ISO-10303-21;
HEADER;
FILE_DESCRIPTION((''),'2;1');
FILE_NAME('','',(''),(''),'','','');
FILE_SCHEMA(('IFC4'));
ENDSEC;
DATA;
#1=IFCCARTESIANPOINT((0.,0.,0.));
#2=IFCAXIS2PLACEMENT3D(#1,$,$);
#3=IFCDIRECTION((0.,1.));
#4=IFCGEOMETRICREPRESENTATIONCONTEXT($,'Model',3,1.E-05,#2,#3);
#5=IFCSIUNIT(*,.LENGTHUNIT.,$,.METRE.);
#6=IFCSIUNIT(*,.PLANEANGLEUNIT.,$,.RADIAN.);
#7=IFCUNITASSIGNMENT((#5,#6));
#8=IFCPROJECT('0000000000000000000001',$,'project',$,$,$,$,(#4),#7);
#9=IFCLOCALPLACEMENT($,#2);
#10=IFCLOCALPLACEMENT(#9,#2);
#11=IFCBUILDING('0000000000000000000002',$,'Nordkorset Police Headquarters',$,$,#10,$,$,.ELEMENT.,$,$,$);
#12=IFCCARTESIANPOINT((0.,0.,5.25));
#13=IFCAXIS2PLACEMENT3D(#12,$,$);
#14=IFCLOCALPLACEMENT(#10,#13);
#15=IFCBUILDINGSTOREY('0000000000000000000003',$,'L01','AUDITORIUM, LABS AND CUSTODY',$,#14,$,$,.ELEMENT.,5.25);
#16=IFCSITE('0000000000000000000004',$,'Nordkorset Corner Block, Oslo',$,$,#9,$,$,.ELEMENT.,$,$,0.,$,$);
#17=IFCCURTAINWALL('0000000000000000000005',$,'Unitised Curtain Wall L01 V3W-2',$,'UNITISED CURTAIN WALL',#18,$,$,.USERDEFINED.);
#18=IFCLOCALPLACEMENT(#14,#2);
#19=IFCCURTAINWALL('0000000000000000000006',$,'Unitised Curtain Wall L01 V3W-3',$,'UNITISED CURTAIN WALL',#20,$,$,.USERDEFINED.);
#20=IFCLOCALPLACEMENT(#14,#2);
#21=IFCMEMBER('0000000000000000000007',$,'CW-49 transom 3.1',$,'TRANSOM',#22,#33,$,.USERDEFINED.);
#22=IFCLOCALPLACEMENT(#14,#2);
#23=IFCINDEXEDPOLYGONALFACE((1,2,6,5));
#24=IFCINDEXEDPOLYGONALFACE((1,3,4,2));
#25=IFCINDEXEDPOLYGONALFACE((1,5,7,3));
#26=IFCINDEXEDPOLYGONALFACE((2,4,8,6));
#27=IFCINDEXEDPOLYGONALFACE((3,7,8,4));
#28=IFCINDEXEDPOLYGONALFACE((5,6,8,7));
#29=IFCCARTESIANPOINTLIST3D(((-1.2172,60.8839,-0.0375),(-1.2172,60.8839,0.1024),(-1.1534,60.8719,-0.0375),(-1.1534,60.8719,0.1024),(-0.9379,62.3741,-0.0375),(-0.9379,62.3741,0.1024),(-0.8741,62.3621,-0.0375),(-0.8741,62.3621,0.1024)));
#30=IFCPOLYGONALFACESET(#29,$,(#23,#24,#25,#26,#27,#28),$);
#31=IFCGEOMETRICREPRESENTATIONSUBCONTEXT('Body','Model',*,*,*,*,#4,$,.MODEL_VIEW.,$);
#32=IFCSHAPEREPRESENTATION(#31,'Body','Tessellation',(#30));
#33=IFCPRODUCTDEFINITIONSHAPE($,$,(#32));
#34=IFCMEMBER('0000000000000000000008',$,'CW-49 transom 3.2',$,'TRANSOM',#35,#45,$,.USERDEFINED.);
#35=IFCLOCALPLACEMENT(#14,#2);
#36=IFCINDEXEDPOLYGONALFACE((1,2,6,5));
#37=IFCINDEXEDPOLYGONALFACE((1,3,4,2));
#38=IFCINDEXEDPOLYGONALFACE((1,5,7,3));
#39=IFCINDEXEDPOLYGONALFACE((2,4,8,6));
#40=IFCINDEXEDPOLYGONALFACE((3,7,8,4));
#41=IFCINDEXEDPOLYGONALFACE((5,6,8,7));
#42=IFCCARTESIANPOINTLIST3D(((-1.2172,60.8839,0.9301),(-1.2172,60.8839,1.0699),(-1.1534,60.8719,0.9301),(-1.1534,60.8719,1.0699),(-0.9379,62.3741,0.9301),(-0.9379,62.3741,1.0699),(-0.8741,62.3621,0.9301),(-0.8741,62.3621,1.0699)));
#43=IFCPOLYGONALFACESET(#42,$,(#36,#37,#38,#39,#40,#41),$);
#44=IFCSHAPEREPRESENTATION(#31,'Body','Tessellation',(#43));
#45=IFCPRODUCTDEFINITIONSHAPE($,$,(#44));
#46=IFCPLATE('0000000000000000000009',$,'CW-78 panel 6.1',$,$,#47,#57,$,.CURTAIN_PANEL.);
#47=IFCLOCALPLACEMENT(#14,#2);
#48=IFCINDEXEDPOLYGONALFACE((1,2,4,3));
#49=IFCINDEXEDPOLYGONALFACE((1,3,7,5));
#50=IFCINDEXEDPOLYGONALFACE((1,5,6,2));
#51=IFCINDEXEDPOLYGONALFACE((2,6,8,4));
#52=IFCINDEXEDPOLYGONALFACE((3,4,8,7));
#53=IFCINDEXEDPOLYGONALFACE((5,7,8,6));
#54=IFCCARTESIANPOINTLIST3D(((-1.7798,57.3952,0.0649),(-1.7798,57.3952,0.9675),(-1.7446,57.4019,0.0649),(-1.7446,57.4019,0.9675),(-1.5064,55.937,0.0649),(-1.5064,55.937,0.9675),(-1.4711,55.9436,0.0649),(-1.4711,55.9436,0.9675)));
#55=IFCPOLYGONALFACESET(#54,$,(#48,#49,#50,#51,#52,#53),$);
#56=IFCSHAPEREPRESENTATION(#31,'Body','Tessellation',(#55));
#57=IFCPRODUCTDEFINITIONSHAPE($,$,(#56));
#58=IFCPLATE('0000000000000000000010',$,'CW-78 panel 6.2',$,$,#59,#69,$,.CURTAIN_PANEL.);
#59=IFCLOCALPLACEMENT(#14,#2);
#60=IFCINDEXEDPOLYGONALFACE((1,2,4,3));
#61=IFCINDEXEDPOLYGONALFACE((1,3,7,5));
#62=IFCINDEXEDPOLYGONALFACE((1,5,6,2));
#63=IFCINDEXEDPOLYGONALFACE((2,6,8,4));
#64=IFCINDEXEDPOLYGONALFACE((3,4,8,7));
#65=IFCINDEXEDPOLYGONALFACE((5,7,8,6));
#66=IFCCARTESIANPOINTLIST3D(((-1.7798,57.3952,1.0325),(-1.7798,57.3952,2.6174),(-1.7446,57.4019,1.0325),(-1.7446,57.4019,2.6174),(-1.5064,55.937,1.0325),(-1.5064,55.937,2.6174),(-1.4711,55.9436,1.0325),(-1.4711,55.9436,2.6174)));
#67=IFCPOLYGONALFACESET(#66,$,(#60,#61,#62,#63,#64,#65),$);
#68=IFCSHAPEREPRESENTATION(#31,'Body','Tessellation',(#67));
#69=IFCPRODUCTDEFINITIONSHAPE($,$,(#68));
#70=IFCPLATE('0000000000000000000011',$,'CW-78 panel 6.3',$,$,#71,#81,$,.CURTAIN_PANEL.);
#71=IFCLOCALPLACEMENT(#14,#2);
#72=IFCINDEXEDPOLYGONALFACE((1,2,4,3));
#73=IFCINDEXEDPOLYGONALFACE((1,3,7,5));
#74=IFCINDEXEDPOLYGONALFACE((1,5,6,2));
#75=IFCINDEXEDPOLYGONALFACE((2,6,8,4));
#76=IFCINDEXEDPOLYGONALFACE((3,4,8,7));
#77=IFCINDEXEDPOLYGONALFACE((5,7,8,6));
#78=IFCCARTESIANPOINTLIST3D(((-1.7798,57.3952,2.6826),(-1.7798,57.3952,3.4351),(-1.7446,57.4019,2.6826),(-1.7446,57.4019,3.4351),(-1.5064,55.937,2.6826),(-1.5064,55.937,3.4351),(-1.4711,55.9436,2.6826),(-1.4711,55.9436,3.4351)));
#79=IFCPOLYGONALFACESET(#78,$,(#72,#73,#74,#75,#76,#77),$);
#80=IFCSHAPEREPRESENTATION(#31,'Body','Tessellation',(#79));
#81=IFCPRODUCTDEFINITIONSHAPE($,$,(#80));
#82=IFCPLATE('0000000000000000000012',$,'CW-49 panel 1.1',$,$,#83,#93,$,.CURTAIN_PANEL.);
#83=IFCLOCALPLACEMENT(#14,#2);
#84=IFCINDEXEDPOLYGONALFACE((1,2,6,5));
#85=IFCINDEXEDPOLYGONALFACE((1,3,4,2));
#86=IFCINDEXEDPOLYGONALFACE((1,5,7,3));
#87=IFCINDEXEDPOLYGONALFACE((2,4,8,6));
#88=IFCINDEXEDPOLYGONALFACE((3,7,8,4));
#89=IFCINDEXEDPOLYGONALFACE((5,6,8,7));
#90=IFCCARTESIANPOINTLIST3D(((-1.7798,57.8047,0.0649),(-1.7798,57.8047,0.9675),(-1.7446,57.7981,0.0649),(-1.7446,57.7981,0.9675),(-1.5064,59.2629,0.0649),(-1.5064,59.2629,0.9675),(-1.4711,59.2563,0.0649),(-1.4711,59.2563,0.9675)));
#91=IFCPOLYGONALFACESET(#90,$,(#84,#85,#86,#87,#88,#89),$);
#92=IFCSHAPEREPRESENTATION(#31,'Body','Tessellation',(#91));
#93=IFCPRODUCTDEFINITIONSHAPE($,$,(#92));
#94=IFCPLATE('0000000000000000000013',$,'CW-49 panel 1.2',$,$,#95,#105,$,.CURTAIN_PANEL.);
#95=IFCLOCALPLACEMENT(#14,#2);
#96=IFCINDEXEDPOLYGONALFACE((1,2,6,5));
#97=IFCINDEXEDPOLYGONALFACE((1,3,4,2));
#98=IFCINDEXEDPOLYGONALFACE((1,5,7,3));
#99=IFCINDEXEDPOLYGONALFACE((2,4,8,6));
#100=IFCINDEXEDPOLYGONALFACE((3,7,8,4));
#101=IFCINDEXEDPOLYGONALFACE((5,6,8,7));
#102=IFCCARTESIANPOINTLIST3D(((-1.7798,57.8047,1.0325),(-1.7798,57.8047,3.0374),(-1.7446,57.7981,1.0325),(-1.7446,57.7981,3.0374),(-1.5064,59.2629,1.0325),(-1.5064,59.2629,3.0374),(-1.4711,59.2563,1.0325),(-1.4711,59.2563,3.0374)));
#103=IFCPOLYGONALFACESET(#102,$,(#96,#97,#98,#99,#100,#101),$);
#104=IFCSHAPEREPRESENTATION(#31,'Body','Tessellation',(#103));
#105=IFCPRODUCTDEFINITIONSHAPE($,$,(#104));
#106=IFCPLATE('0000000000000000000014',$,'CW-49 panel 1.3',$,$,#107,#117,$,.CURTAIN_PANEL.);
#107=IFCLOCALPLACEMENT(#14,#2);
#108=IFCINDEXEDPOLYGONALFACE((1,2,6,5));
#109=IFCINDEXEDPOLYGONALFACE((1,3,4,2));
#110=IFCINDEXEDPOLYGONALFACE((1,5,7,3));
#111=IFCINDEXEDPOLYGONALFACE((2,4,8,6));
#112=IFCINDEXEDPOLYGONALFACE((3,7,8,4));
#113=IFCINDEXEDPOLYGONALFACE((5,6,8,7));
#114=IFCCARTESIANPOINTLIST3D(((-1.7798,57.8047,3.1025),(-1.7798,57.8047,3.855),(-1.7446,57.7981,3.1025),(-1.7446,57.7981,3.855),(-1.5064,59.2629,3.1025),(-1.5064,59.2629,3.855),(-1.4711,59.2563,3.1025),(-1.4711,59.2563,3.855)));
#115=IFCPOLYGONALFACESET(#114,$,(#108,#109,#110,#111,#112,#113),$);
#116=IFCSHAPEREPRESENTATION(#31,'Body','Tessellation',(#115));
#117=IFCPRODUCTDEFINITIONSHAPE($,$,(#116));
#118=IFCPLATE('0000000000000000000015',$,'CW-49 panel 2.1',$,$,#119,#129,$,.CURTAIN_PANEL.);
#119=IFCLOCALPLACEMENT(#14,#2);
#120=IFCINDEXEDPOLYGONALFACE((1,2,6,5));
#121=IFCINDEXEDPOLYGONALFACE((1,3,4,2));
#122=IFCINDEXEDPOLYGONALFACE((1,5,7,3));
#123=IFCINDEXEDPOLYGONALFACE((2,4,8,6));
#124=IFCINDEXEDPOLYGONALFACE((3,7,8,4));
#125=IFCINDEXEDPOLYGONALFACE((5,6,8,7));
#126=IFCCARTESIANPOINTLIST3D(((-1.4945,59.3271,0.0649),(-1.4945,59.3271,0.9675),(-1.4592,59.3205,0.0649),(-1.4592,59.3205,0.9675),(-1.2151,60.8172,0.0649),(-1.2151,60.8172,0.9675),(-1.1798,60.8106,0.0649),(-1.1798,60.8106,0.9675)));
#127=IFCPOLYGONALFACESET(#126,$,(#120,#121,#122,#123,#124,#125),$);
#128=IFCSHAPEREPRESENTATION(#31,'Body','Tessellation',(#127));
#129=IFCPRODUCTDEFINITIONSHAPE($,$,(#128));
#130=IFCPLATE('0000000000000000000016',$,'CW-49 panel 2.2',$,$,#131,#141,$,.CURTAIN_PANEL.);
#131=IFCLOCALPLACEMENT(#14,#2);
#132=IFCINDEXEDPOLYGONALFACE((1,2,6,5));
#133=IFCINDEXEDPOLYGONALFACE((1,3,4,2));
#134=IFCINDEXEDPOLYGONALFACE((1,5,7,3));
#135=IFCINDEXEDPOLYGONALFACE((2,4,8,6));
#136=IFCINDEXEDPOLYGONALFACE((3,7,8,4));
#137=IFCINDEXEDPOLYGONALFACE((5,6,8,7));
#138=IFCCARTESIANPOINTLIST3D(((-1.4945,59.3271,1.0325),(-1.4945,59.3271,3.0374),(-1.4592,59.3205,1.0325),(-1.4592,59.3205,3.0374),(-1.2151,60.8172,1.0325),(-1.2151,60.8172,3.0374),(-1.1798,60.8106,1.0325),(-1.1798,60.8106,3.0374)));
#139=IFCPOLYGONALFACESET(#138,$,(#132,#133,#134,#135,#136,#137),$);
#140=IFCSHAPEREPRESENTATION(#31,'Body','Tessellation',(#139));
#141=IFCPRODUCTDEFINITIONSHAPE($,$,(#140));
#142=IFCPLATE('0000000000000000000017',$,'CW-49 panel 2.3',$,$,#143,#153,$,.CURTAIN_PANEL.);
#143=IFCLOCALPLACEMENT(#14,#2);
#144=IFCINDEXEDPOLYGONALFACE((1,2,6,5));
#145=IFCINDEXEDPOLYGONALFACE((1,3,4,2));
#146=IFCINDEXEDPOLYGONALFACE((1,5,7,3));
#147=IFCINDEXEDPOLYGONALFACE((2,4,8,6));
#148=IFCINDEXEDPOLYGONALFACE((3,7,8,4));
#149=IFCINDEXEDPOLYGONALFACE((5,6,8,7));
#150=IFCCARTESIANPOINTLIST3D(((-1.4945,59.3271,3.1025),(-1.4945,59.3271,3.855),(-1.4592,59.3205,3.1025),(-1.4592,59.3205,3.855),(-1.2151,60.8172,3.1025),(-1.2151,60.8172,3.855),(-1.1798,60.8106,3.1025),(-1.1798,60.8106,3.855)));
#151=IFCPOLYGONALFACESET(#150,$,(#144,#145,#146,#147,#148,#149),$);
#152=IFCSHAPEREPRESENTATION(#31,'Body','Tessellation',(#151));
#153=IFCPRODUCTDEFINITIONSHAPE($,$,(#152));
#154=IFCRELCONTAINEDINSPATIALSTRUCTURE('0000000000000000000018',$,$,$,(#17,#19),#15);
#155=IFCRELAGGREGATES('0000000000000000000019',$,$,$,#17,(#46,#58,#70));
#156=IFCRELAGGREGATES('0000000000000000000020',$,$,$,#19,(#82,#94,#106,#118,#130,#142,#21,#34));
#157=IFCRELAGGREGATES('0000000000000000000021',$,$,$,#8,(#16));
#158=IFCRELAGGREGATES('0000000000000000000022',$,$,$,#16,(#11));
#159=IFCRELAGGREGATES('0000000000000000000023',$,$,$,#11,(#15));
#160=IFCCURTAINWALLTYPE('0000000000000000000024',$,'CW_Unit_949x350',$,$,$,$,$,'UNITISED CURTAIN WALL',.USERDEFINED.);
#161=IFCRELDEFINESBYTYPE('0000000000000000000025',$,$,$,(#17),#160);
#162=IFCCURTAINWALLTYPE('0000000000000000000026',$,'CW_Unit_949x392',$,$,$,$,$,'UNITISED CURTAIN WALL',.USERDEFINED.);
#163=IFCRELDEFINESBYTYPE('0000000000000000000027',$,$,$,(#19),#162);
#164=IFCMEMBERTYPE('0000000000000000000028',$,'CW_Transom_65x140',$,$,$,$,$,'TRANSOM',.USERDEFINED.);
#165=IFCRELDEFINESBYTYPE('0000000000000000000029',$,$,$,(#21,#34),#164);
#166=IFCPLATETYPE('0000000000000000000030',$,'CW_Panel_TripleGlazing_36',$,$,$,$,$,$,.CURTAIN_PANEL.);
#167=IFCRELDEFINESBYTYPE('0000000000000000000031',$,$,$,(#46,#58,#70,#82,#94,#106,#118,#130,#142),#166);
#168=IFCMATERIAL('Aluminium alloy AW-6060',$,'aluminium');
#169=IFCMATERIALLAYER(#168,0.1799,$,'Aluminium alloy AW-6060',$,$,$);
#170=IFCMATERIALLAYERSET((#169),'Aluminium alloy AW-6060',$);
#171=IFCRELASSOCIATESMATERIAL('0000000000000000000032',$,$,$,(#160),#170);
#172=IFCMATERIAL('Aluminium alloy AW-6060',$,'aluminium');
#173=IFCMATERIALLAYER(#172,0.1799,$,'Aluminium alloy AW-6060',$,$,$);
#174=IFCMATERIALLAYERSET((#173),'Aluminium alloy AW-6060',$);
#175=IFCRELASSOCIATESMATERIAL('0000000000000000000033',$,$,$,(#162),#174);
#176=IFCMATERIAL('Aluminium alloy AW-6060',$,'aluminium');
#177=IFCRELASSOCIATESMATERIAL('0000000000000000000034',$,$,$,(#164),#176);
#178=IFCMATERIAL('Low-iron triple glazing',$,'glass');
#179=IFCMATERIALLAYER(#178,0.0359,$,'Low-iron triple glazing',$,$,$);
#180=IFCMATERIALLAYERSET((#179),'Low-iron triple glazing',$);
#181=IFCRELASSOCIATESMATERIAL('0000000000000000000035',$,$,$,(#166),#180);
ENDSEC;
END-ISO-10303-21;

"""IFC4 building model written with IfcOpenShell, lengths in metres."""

from ifc_helpers import new_model, si_unit, direction, frame, origin, origin_2d, place, context, subcontext, project, spatial, rectangle, extrude, material, layer, layer_set, material_profile, profile_set, type_object, element, aggregate, save


model = new_model("IFC4")

# Units and contexts
model_context = context("Model", 3, precision=1e-05, world=origin(), true_north=direction((0.0, 1.0)))
body_context = subcontext(model_context, "Body", "Model", "MODEL_VIEW")
ifc_project = project(units=[si_unit("LENGTHUNIT", "METRE"), si_unit("PLANEANGLEUNIT", "RADIAN")], contexts=[model_context])

# Site, building, storey
site_placement = place(None, origin())
site = spatial("IfcSite", under=ifc_project, at=site_placement, Name="Nordkorset Corner Block, Oslo", CompositionType="ELEMENT", RefElevation=0.0)
building_placement = place(site_placement, origin())
building = spatial("IfcBuilding", under=site, at=building_placement, Name="Nordkorset Police Headquarters", CompositionType="ELEMENT")
storey_placement = place(building_placement, frame((0.0, 0.0, 5.25)))
storey = spatial("IfcBuildingStorey", under=building, at=storey_placement, Name="L01", Description="AUDITORIUM, LABS AND CUSTODY", CompositionType="ELEMENT", Elevation=5.25)

# Curtain wall
ifc_material_1 = material(Name="Aluminium alloy AW-6060", Category="aluminium")
ifc_layer_1 = layer(ifc_material_1, 0.1799, Name="Aluminium alloy AW-6060")
ifc_layer_set_1 = layer_set([ifc_layer_1], Name="Aluminium alloy AW-6060")
curtain_wall_type_1 = type_object("IfcCurtainWallType", Name="CW_Unit_949x350", ElementType="UNITISED CURTAIN WALL", PredefinedType="USERDEFINED", material=ifc_layer_set_1)
curtain_wall_1_placement = place(storey_placement, origin())
curtain_wall_1 = element("IfcCurtainWall", 1, at=curtain_wall_1_placement, inside=storey, type_object=curtain_wall_type_1, Name="Unitised Curtain Wall L01 V3W-2", ObjectType="UNITISED CURTAIN WALL", PredefinedType="USERDEFINED")

# Curtain wall
ifc_material_2 = material(Name="Aluminium alloy AW-6060", Category="aluminium")
ifc_layer_2 = layer(ifc_material_2, 0.1799, Name="Aluminium alloy AW-6060")
ifc_layer_set_2 = layer_set([ifc_layer_2], Name="Aluminium alloy AW-6060")
curtain_wall_type_2 = type_object("IfcCurtainWallType", Name="CW_Unit_949x392", ElementType="UNITISED CURTAIN WALL", PredefinedType="USERDEFINED", material=ifc_layer_set_2)
curtain_wall_2_placement = place(storey_placement, origin())
curtain_wall_2 = element("IfcCurtainWall", 2, at=curtain_wall_2_placement, inside=storey, type_object=curtain_wall_type_2, Name="Unitised Curtain Wall L01 V3W-3", ObjectType="UNITISED CURTAIN WALL", PredefinedType="USERDEFINED")

# Members
ifc_material_3 = material(Name="Aluminium alloy AW-6060", Category="aluminium")
ifc_material_profile_1 = material_profile(ifc_material_3, rectangle(XDim=0.0649, YDim=0.1399, at=origin_2d()), Name="ALU TRAN 65x140")
ifc_profile_set_1 = profile_set([ifc_material_profile_1], Name="Aluminium alloy AW-6060")
member_type_1 = type_object("IfcMemberType", Name="CW_Transom_65x140", ElementType="TRANSOM", PredefinedType="USERDEFINED", material=ifc_profile_set_1)
member_1_placement = place(storey_placement, frame((-1.1853, 60.8779, 0.0325), z_axis=(0.184211, 0.982887, 0.0), x_axis=(-0.982887, 0.184211, 0.0)))
member_1 = element("IfcMember", 3, at=member_1_placement, type_object=member_type_1, Name="CW-49 transom 3.1", ObjectType="TRANSOM", PredefinedType="USERDEFINED", context=body_context, shape_type="SweptSolid", body=[
    extrude(rectangle(XDim=0.0649, YDim=0.1399, at=origin_2d()), origin(), (0.0, 0.0, 1.0), 1.5161),
])
member_2_placement = place(storey_placement, frame((-1.1853, 60.8779, 1.0), z_axis=(0.184211, 0.982887, 0.0), x_axis=(-0.982887, 0.184211, 0.0)))
member_2 = element("IfcMember", 4, at=member_2_placement, type_object=member_type_1, Name="CW-49 transom 3.2", ObjectType="TRANSOM", PredefinedType="USERDEFINED", context=body_context, shape_type="SweptSolid", body=[
    extrude(rectangle(XDim=0.0649, YDim=0.1399, at=origin_2d()), origin(), (0.0, 0.0, 1.0), 1.5161),
])

# Plates
ifc_material_4 = material(Name="Low-iron triple glazing", Category="glass")
ifc_layer_3 = layer(ifc_material_4, 0.0359, Name="Low-iron triple glazing")
ifc_layer_set_3 = layer_set([ifc_layer_3], Name="Low-iron triple glazing")
plate_type = type_object("IfcPlateType", Name="CW_Panel_TripleGlazing_36", PredefinedType="CURTAIN_PANEL", material=ifc_layer_set_3)
plate_1_placement = place(storey_placement, frame((-1.6255, 56.6694, 0.0649), z_axis=(0.0, 0.0, 1.0), x_axis=(-0.184289, 0.982872, 0.0)))
plate_1 = element("IfcPlate", 5, at=plate_1_placement, type_object=plate_type, Name="CW-78 panel 6.1", PredefinedType="CURTAIN_PANEL", context=body_context, shape_type="SweptSolid", body=[
    extrude(rectangle(XDim=1.4836, YDim=0.0359, at=origin_2d()), origin(), (0.0, 0.0, 1.0), 0.9026),
])
plate_2_placement = place(storey_placement, frame((-1.6255, 56.6694, 1.0325), z_axis=(0.0, 0.0, 1.0), x_axis=(-0.184289, 0.982872, 0.0)))
plate_2 = element("IfcPlate", 6, at=plate_2_placement, type_object=plate_type, Name="CW-78 panel 6.2", PredefinedType="CURTAIN_PANEL", context=body_context, shape_type="SweptSolid", body=[
    extrude(rectangle(XDim=1.4836, YDim=0.0359, at=origin_2d()), origin(), (0.0, 0.0, 1.0), 1.585),
])
plate_3_placement = place(storey_placement, frame((-1.6255, 56.6694, 2.6826), z_axis=(0.0, 0.0, 1.0), x_axis=(-0.184289, 0.982872, 0.0)))
plate_3 = element("IfcPlate", 7, at=plate_3_placement, type_object=plate_type, Name="CW-78 panel 6.3", PredefinedType="CURTAIN_PANEL", context=body_context, shape_type="SweptSolid", body=[
    extrude(rectangle(XDim=1.4836, YDim=0.0359, at=origin_2d()), origin(), (0.0, 0.0, 1.0), 0.7524),
])
aggregate(curtain_wall_1, [plate_1, plate_2, plate_3])
plate_4_placement = place(storey_placement, frame((-1.6255, 58.5305, 0.0649), z_axis=(0.0, 0.0, 1.0), x_axis=(0.184289, 0.982872, 0.0)))
plate_4 = element("IfcPlate", 8, at=plate_4_placement, type_object=plate_type, Name="CW-49 panel 1.1", PredefinedType="CURTAIN_PANEL", context=body_context, shape_type="SweptSolid", body=[
    extrude(rectangle(XDim=1.4836, YDim=0.0359, at=origin_2d()), origin(), (0.0, 0.0, 1.0), 0.9026),
])
plate_5_placement = place(storey_placement, frame((-1.6255, 58.5305, 1.0325), z_axis=(0.0, 0.0, 1.0), x_axis=(0.184289, 0.982872, 0.0)))
plate_5 = element("IfcPlate", 9, at=plate_5_placement, type_object=plate_type, Name="CW-49 panel 1.2", PredefinedType="CURTAIN_PANEL", context=body_context, shape_type="SweptSolid", body=[
    extrude(rectangle(XDim=1.4836, YDim=0.0359, at=origin_2d()), origin(), (0.0, 0.0, 1.0), 2.0049),
])
plate_6_placement = place(storey_placement, frame((-1.6255, 58.5305, 3.1025), z_axis=(0.0, 0.0, 1.0), x_axis=(0.184289, 0.982872, 0.0)))
plate_6 = element("IfcPlate", 10, at=plate_6_placement, type_object=plate_type, Name="CW-49 panel 1.3", PredefinedType="CURTAIN_PANEL", context=body_context, shape_type="SweptSolid", body=[
    extrude(rectangle(XDim=1.4836, YDim=0.0359, at=origin_2d()), origin(), (0.0, 0.0, 1.0), 0.7524),
])
plate_7_placement = place(storey_placement, frame((-1.3372, 60.0688, 0.0649), z_axis=(0.0, 0.0, 1.0), x_axis=(0.184289, 0.982872, 0.0)))
plate_7 = element("IfcPlate", 11, at=plate_7_placement, type_object=plate_type, Name="CW-49 panel 2.1", PredefinedType="CURTAIN_PANEL", context=body_context, shape_type="SweptSolid", body=[
    extrude(rectangle(XDim=1.5161, YDim=0.0359, at=origin_2d()), origin(), (0.0, 0.0, 1.0), 0.9026),
])
plate_8_placement = place(storey_placement, frame((-1.3372, 60.0688, 1.0325), z_axis=(0.0, 0.0, 1.0), x_axis=(0.184289, 0.982872, 0.0)))
plate_8 = element("IfcPlate", 12, at=plate_8_placement, type_object=plate_type, Name="CW-49 panel 2.2", PredefinedType="CURTAIN_PANEL", context=body_context, shape_type="SweptSolid", body=[
    extrude(rectangle(XDim=1.5161, YDim=0.0359, at=origin_2d()), origin(), (0.0, 0.0, 1.0), 2.0049),
])
plate_9_placement = place(storey_placement, frame((-1.3372, 60.0688, 3.1025), z_axis=(0.0, 0.0, 1.0), x_axis=(0.184289, 0.982872, 0.0)))
plate_9 = element("IfcPlate", 13, at=plate_9_placement, type_object=plate_type, Name="CW-49 panel 2.3", PredefinedType="CURTAIN_PANEL", context=body_context, shape_type="SweptSolid", body=[
    extrude(rectangle(XDim=1.5161, YDim=0.0359, at=origin_2d()), origin(), (0.0, 0.0, 1.0), 0.7524),
])
aggregate(curtain_wall_2, [plate_4, plate_5, plate_6, plate_7, plate_8, plate_9, member_1, member_2])

save(model, "model.ifc")
